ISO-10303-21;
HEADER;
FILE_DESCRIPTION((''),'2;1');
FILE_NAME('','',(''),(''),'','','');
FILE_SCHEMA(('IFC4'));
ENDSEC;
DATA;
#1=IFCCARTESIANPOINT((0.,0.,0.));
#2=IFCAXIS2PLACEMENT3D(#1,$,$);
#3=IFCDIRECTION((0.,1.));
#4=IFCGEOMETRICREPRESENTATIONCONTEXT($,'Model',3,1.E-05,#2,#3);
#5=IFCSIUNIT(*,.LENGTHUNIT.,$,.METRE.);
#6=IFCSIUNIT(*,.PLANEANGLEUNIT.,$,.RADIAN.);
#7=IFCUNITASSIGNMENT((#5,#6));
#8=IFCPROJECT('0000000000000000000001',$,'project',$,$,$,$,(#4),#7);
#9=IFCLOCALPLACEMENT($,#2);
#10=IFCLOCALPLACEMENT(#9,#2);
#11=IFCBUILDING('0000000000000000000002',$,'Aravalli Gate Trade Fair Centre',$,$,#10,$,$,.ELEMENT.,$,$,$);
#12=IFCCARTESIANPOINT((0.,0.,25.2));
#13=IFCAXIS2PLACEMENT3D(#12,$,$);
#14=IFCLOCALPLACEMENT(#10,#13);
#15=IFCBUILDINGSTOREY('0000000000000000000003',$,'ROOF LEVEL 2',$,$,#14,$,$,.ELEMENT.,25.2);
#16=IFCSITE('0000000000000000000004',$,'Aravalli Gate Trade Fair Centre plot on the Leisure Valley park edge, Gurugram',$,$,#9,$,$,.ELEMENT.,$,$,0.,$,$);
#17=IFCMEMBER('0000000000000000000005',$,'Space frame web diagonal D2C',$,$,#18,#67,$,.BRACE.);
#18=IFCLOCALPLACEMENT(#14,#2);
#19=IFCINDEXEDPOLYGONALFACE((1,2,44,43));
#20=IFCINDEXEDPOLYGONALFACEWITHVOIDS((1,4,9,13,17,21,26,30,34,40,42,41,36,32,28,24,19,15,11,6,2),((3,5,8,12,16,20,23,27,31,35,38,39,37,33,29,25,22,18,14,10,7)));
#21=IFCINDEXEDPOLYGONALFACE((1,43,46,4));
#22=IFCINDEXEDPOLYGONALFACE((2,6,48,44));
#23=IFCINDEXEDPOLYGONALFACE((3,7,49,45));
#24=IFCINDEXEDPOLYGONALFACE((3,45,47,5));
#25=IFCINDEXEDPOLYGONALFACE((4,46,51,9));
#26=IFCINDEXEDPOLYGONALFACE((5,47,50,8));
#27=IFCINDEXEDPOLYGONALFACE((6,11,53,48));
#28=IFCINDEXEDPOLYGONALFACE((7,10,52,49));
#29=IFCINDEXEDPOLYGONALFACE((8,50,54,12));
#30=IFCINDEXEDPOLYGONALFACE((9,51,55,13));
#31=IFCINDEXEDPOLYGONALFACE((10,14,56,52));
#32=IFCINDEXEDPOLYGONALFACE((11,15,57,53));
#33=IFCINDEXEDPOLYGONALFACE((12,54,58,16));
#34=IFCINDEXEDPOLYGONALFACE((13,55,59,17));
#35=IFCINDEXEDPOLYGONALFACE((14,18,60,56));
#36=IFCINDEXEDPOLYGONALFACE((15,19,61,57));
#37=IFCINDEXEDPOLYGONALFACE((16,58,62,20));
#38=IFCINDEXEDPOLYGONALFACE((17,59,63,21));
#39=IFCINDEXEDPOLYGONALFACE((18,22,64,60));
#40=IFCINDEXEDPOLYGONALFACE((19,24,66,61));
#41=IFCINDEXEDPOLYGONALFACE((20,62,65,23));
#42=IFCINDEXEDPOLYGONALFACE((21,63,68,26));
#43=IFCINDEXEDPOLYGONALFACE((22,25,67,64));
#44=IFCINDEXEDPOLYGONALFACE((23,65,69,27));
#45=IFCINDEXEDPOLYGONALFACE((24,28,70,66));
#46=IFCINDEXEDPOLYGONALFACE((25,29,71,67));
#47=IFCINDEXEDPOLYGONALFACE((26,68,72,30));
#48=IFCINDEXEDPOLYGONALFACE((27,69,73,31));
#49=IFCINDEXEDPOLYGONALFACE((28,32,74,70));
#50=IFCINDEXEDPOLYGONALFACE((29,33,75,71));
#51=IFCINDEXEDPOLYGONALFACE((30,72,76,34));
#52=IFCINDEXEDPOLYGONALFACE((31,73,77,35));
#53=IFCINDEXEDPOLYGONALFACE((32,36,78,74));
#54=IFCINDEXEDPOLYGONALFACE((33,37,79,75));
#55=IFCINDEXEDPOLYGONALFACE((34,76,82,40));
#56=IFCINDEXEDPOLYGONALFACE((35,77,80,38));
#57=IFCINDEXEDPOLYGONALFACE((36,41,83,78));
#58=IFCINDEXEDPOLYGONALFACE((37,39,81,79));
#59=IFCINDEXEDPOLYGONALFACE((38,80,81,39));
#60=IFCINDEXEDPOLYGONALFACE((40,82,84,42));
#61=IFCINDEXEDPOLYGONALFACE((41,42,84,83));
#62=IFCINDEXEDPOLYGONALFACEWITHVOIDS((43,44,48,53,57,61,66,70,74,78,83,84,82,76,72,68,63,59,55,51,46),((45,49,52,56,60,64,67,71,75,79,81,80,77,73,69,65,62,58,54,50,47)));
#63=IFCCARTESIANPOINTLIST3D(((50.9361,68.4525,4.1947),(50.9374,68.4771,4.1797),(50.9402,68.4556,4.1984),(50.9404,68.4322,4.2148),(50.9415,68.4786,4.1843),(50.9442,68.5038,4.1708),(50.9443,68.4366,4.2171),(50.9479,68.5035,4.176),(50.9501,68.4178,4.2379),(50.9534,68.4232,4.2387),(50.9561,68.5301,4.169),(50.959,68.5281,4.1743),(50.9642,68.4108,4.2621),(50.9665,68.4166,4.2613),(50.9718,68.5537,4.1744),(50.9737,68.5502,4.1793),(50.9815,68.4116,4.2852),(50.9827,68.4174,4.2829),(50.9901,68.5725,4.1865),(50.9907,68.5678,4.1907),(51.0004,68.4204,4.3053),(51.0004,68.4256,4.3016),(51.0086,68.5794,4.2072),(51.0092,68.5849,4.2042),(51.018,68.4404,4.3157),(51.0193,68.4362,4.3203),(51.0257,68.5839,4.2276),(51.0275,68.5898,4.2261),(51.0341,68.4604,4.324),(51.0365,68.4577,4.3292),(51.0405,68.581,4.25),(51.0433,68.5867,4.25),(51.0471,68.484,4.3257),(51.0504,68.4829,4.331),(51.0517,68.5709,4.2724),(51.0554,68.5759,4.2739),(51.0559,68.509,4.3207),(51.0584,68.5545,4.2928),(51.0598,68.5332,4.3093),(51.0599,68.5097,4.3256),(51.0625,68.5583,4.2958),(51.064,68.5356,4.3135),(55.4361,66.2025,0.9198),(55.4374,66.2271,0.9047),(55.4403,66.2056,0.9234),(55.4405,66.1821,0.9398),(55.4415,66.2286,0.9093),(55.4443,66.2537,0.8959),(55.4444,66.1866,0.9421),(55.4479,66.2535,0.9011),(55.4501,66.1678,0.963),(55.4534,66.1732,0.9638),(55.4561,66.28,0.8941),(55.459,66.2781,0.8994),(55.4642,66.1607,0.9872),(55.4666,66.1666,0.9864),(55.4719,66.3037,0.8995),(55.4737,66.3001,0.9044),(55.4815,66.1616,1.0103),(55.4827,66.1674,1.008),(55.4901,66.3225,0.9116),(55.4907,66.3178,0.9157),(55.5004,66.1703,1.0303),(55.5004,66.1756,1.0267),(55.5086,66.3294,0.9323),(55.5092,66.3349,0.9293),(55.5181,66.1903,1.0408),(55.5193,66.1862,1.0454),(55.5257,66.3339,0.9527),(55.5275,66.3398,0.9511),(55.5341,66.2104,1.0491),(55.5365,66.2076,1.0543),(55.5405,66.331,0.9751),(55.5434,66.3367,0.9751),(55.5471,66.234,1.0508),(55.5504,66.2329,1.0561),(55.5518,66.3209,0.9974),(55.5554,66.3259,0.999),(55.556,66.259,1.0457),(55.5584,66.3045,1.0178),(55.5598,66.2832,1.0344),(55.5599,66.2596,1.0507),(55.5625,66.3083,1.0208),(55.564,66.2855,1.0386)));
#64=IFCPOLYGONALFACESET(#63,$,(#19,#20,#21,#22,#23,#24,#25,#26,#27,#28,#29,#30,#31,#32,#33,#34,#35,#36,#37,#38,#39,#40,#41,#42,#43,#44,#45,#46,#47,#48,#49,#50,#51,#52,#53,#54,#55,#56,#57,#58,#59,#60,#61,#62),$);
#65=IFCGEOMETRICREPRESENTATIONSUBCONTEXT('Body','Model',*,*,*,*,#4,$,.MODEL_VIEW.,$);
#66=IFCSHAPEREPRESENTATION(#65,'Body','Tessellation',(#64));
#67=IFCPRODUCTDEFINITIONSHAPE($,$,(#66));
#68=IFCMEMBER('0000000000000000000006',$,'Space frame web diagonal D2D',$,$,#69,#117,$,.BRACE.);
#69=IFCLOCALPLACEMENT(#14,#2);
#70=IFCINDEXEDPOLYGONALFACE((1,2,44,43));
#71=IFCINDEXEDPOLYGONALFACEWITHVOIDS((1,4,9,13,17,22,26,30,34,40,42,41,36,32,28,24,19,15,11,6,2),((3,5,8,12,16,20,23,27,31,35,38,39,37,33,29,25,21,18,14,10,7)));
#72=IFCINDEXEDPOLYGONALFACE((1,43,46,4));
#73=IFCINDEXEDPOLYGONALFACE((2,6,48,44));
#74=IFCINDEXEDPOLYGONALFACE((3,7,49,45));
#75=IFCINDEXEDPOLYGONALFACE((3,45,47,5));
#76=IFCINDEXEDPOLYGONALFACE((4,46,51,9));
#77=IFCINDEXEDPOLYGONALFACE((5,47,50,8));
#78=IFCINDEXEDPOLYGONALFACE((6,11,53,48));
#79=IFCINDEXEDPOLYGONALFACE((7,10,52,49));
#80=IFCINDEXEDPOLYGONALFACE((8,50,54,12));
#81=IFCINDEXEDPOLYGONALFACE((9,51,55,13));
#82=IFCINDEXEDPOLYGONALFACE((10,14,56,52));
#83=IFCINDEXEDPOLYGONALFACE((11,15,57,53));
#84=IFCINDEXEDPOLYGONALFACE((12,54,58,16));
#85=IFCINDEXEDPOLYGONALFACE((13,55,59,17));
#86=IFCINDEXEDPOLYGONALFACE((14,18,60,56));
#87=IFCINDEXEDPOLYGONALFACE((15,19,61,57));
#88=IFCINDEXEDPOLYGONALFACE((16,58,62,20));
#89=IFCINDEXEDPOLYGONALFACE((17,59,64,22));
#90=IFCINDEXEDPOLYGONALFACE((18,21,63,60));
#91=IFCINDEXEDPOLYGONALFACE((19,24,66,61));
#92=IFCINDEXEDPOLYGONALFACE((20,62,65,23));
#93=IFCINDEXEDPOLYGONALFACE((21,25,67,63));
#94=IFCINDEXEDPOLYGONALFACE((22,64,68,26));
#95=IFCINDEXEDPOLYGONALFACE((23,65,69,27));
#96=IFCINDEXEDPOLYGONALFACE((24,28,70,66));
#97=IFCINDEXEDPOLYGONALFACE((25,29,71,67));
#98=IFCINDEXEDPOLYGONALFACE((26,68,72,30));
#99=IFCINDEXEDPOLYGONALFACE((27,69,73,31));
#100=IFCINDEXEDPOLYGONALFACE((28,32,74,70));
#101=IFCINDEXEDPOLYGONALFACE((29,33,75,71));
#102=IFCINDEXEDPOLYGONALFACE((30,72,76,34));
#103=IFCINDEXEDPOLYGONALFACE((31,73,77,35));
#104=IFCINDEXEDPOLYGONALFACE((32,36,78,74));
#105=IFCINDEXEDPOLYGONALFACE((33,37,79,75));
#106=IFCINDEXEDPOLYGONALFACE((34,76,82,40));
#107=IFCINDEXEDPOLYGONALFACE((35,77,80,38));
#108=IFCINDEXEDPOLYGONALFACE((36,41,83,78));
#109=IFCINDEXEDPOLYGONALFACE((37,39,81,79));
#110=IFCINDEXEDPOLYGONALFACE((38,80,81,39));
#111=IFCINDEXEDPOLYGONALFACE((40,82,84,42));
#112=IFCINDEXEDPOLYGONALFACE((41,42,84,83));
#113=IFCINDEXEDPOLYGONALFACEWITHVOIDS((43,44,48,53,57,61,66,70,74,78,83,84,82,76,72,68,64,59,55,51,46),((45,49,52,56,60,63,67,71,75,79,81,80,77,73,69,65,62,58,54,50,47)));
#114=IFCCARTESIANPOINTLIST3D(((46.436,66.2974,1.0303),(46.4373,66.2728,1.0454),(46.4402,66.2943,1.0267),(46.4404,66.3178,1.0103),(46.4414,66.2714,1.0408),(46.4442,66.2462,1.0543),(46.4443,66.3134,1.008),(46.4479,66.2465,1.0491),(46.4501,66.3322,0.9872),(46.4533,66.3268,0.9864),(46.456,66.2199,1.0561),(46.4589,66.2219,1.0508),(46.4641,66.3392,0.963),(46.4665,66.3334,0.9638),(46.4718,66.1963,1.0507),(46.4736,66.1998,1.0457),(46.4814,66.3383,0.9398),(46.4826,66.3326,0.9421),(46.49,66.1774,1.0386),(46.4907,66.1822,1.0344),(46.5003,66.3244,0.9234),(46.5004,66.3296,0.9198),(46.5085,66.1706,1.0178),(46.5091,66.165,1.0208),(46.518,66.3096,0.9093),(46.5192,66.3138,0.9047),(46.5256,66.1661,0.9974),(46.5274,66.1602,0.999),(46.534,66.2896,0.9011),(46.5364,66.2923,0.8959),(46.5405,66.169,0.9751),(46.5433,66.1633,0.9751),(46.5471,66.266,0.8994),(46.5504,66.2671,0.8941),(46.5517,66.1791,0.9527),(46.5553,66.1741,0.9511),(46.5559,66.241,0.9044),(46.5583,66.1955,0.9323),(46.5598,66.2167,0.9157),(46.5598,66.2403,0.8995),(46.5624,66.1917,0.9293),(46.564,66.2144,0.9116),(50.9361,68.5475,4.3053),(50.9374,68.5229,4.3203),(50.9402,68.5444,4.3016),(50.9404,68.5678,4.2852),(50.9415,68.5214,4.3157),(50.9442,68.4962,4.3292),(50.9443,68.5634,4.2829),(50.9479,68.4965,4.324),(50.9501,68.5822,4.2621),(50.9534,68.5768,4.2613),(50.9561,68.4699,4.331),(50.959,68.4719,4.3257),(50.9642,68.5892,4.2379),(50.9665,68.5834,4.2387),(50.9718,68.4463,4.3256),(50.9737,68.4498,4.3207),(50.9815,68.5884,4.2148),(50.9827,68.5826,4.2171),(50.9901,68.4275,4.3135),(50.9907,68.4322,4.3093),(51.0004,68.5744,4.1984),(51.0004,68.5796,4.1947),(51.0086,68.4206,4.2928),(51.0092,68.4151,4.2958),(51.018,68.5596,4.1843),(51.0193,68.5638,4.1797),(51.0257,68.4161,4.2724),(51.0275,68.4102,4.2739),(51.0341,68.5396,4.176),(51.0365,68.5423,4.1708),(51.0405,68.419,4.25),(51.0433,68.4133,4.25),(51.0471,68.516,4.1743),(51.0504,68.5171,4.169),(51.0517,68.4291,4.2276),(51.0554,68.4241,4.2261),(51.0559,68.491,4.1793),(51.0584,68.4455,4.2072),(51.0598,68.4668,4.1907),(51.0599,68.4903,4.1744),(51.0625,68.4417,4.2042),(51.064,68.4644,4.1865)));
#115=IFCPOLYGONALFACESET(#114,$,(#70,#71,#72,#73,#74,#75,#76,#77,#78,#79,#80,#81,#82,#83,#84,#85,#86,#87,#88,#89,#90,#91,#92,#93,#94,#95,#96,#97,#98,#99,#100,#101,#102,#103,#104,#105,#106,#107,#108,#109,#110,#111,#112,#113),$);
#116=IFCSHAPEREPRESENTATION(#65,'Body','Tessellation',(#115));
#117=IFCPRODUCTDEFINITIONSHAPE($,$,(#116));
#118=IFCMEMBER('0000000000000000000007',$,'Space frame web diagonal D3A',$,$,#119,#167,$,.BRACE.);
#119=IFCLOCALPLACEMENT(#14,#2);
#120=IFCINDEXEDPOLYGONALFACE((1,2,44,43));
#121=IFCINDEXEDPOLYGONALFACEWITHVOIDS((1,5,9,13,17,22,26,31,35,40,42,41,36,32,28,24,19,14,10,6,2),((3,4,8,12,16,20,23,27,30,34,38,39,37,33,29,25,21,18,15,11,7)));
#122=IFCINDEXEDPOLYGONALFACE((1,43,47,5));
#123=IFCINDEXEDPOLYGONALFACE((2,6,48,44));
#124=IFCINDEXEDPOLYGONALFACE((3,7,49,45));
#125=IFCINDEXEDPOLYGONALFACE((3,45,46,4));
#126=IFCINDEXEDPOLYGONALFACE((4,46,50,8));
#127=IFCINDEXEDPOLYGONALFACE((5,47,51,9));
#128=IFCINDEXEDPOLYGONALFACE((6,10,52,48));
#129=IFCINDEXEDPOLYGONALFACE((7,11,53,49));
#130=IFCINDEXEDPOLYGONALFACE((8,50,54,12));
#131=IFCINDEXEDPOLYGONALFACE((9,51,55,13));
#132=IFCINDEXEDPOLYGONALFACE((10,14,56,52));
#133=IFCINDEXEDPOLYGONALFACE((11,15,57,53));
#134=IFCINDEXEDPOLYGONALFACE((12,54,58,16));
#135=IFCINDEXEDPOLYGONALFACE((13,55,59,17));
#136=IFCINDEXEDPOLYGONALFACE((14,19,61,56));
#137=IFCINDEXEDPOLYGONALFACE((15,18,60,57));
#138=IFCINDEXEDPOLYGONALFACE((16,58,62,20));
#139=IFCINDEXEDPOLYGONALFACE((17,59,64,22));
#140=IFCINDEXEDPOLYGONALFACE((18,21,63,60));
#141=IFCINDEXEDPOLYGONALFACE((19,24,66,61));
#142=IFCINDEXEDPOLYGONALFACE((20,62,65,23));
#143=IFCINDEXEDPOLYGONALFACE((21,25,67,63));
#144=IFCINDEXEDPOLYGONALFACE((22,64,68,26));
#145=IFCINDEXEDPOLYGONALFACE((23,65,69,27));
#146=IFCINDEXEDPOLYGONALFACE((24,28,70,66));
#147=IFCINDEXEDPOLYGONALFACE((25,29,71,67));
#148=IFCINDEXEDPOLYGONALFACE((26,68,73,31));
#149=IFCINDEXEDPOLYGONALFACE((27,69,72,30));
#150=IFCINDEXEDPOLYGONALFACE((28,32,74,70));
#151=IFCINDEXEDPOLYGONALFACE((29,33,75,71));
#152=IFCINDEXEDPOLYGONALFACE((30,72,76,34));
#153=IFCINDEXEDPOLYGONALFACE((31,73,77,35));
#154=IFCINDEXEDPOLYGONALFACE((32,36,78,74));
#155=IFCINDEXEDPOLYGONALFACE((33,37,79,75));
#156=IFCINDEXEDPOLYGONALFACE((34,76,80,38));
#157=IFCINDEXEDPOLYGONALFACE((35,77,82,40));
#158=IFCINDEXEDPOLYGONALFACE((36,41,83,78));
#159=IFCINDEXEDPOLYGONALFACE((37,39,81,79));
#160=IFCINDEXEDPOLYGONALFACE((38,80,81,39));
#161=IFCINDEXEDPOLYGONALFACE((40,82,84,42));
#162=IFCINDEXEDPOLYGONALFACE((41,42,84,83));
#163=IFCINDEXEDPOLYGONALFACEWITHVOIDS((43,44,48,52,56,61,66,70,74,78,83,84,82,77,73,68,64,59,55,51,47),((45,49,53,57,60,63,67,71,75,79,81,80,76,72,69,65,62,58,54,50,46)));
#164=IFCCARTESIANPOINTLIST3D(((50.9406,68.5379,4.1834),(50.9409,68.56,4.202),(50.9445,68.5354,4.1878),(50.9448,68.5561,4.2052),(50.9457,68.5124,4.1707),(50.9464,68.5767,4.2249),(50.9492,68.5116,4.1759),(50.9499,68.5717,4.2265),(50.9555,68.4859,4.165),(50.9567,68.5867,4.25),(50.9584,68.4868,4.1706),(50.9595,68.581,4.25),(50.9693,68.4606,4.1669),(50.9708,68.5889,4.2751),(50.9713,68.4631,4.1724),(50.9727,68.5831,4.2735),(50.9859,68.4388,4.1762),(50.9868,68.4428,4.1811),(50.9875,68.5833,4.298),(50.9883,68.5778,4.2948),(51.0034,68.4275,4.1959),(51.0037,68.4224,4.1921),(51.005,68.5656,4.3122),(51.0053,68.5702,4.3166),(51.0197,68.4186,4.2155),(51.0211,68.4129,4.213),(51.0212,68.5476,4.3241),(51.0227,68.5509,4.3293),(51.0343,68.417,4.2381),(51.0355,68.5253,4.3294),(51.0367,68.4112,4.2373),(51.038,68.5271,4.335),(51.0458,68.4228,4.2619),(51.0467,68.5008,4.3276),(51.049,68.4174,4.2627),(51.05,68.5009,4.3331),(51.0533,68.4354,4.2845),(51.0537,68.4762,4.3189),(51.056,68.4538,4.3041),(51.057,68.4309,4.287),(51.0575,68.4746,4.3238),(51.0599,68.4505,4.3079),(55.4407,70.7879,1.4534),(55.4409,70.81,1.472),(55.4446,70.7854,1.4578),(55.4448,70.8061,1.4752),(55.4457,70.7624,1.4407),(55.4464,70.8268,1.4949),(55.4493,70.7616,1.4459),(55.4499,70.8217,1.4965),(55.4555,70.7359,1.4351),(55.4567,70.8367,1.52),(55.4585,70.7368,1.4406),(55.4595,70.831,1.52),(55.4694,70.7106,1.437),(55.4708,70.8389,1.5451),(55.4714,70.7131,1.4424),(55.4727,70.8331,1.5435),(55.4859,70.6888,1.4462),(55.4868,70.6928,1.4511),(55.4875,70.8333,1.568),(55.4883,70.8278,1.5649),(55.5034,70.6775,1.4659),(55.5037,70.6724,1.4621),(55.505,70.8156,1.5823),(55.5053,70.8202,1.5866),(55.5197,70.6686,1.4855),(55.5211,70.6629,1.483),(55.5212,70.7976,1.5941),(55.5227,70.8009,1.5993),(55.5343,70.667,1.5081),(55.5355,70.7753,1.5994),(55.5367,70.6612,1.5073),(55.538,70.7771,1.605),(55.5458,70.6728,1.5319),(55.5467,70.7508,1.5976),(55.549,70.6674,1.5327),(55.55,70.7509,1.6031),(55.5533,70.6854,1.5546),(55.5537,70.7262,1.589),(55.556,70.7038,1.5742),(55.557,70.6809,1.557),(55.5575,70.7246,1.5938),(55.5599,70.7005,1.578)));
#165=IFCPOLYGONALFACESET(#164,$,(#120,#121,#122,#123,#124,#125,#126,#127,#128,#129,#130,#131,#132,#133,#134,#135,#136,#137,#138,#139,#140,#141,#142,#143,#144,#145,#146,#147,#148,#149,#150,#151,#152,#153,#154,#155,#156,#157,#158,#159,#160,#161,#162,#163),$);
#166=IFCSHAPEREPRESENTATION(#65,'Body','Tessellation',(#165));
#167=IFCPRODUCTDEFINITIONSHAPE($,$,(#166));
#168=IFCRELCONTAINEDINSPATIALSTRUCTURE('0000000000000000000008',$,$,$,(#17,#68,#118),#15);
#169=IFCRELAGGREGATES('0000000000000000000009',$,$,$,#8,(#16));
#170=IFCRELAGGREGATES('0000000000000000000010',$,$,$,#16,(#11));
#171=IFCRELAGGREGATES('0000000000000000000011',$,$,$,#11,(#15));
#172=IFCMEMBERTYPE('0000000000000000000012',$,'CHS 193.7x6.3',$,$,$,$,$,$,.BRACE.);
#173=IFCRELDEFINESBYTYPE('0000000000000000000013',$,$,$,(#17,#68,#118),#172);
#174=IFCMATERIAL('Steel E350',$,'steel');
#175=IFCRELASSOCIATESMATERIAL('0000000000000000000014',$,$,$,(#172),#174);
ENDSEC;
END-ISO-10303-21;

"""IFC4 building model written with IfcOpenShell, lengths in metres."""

from ifc_helpers import new_model, si_unit, direction, frame, origin, origin_2d, place, context, subcontext, project, spatial, hollow_circle, extrude, material, material_profile, profile_set, type_object, element, save


model = new_model("IFC4")

# Units and contexts
model_context = context("Model", 3, precision=1e-05, world=origin(), true_north=direction((0.0, 1.0)))
body_context = subcontext(model_context, "Body", "Model", "MODEL_VIEW")
ifc_project = project(units=[si_unit("LENGTHUNIT", "METRE"), si_unit("PLANEANGLEUNIT", "RADIAN")], contexts=[model_context])

# Site, building, storey
site_placement = place(None, origin())
site = spatial("IfcSite", under=ifc_project, at=site_placement, Name="Aravalli Gate Trade Fair Centre plot on the Leisure Valley park edge, Gurugram", CompositionType="ELEMENT", RefElevation=0.0)
building_placement = place(site_placement, origin())
building = spatial("IfcBuilding", under=site, at=building_placement, Name="Aravalli Gate Trade Fair Centre", CompositionType="ELEMENT")
storey_placement = place(building_placement, frame((0.0, 0.0, 25.2)))
storey = spatial("IfcBuildingStorey", under=building, at=storey_placement, Name="ROOF LEVEL 2", CompositionType="ELEMENT", Elevation=25.2)

# Members
ifc_material_1 = material(Name="Steel E350", Category="steel")
ifc_material_profile_1 = material_profile(ifc_material_1, hollow_circle(Radius=0.0969, WallThickness=0.0063, at=origin_2d()), Name="CHS 193.7x6.3")
ifc_profile_set_1 = profile_set([ifc_material_profile_1], Name="Steel E350")
member_type_1 = type_object("IfcMemberType", Name="CHS 193.7x6.3", PredefinedType="BRACE", material=ifc_profile_set_1)
for number, where, z_axis, x_axis, name in (
    (1, (51.0, 68.5, 4.25), (0.74961, -0.374805, -0.545533), (0.447214, 0.894427, 0.0), "Space frame web diagonal D2C"),
    (2, (51.0, 68.5, 4.25), (-0.74961, -0.374805, -0.545533), (0.447214, -0.894427, 0.0), "Space frame web diagonal D2D"),
):
    element("IfcMember", number, at=place(storey_placement, frame(where, z_axis=z_axis, x_axis=x_axis)), inside=storey, type_object=member_type_1, Name=name, PredefinedType="BRACE", context=body_context, shape_type="SweptSolid", body=[
        extrude(hollow_circle(Radius=0.0969, WallThickness=0.0063, at=origin_2d()), origin(), (0.0, 0.0, 1.0), 6.0032),
    ])
for number, where, z_axis, x_axis, name in (
    (3, (51.0, 68.5, 4.25), (0.78615, 0.393075, -0.476928), (-0.447214, 0.894427, 0.0), "Space frame web diagonal D3A"),
):
    element("IfcMember", number, at=place(storey_placement, frame(where, z_axis=z_axis, x_axis=x_axis)), inside=storey, type_object=member_type_1, Name=name, PredefinedType="BRACE", context=body_context, shape_type="SweptSolid", body=[
        extrude(hollow_circle(Radius=0.0969, WallThickness=0.0063, at=origin_2d()), origin(), (0.0, 0.0, 1.0), 5.7241),
    ])

save(model, "model.ifc")
